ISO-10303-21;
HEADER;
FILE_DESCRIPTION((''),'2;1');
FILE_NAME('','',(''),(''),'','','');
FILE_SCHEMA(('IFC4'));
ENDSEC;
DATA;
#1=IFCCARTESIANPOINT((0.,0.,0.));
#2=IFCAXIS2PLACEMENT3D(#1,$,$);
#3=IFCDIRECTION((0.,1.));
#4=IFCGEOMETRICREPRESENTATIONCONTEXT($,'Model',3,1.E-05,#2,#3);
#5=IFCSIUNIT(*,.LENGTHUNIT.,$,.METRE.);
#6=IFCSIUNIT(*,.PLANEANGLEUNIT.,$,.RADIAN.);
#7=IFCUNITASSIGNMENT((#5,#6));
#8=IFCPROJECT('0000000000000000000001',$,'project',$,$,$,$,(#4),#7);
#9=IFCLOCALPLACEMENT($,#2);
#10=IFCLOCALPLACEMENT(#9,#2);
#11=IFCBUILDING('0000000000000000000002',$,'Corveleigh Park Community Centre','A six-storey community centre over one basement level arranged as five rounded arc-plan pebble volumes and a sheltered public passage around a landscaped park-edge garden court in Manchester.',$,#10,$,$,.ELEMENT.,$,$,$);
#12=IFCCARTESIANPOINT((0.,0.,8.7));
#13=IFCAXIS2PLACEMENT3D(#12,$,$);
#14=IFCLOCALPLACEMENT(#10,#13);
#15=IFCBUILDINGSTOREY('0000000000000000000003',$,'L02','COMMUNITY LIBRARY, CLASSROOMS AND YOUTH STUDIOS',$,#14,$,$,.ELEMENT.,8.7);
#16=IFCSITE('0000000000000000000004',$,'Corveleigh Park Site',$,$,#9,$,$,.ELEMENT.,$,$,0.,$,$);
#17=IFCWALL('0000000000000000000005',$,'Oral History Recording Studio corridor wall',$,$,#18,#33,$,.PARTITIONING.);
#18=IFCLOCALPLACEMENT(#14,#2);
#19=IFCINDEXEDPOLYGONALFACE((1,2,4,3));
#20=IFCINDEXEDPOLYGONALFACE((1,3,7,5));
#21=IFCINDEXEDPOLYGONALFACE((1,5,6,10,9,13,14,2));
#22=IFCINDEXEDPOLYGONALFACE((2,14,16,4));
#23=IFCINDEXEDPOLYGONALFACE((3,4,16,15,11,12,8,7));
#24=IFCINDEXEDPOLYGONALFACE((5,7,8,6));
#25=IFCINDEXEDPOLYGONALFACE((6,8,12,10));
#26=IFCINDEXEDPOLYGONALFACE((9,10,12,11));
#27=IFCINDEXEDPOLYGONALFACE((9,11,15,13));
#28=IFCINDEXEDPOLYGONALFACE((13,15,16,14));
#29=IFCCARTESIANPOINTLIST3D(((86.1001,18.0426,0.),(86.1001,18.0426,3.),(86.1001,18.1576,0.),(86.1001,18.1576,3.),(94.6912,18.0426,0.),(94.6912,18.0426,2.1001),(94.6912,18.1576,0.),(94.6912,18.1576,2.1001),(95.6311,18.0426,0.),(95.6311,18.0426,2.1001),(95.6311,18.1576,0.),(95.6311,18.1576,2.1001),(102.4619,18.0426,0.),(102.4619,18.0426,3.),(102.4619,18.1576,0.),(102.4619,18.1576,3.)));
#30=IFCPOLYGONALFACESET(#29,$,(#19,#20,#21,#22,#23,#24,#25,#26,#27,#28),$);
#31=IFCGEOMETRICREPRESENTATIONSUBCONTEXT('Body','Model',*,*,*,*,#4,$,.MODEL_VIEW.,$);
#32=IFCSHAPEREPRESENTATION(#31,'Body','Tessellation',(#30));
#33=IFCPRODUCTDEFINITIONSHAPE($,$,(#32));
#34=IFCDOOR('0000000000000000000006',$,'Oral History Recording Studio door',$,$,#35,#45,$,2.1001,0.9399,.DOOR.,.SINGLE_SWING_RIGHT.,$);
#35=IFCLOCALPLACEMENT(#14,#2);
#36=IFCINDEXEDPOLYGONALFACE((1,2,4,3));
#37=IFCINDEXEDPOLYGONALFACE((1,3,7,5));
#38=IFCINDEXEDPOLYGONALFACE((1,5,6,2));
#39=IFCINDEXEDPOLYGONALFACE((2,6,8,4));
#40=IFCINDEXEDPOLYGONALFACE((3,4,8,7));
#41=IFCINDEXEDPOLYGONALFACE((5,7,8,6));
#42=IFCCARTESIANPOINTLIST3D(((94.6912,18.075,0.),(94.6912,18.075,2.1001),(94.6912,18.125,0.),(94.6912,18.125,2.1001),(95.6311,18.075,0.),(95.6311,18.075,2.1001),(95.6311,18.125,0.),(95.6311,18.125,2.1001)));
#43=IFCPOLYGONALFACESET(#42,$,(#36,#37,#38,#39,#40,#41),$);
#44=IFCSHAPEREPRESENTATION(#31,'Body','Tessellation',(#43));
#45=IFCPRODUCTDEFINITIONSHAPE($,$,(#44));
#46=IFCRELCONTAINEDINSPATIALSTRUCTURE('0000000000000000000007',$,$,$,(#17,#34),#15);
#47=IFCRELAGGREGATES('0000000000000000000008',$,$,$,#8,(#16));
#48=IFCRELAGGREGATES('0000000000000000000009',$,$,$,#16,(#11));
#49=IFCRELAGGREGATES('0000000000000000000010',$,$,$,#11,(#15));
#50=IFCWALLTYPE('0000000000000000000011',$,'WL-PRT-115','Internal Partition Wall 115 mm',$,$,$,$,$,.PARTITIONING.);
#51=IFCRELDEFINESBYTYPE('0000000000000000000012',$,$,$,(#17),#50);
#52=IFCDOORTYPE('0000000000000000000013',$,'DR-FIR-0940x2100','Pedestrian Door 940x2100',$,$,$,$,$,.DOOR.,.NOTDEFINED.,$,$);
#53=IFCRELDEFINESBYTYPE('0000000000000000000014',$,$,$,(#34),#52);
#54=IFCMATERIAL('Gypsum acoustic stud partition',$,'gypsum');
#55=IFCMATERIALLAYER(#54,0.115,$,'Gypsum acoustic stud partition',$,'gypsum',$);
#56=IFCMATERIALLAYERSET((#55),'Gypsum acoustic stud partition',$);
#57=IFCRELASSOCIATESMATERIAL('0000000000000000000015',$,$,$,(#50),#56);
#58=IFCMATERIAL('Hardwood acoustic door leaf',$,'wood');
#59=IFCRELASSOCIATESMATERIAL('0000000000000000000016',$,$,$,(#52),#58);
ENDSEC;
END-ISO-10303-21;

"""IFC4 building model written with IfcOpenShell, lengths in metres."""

from ifc_helpers import new_model, si_unit, direction, frame, frame_2d, origin, place, context, subcontext, project, spatial, rectangle, extrude, material, layer, layer_set, type_object, element, fill, save


model = new_model("IFC4")

# Units and contexts
model_context = context("Model", 3, precision=1e-05, world=origin(), true_north=direction((0.0, 1.0)))
body_context = subcontext(model_context, "Body", "Model", "MODEL_VIEW")
ifc_project = project(units=[si_unit("LENGTHUNIT", "METRE"), si_unit("PLANEANGLEUNIT", "RADIAN")], contexts=[model_context])

# Site, building, storey
site_placement = place(None, origin())
site = spatial("IfcSite", under=ifc_project, at=site_placement, Name="Corveleigh Park Site", CompositionType="ELEMENT", RefElevation=0.0)
building_placement = place(site_placement, origin())
building = spatial("IfcBuilding", under=site, at=building_placement, Name="Corveleigh Park Community Centre", Description="A six-storey community centre over one basement level arranged as five rounded arc-plan pebble volumes and a sheltered public passage around a landscaped park-edge garden court in Manchester.", CompositionType="ELEMENT")
storey_placement = place(building_placement, frame((0.0, 0.0, 8.7)))
storey = spatial("IfcBuildingStorey", under=building, at=storey_placement, Name="L02", Description="COMMUNITY LIBRARY, CLASSROOMS AND YOUTH STUDIOS", CompositionType="ELEMENT", Elevation=8.7)

# Wall, opening, door
ifc_material_1 = material(Name="Gypsum acoustic stud partition", Category="gypsum")
ifc_layer_1 = layer(ifc_material_1, 0.115, Name="Gypsum acoustic stud partition", Category="gypsum")
ifc_layer_set_1 = layer_set([ifc_layer_1], Name="Gypsum acoustic stud partition")
wall_type_1 = type_object("IfcWallType", Name="WL-PRT-115", Description="Internal Partition Wall 115 mm", PredefinedType="PARTITIONING", material=ifc_layer_set_1)
wall_1_placement = place(storey_placement, frame((86.1001, 18.1001, 0.0), z_axis=(0.0, 0.0, 1.0), x_axis=(1.0, 0.0, 0.0)))
wall_1 = element("IfcWall", 1, at=wall_1_placement, inside=storey, type_object=wall_type_1, Name="Oral History Recording Studio corridor wall", PredefinedType="PARTITIONING", context=body_context, shape_type="SweptSolid", body=[
    extrude(rectangle(XDim=16.3618, YDim=0.115, at=frame_2d((8.1809, 0.0))), origin(), (0.0, 0.0, 1.0), 3.0),
])
opening_placement = place(wall_1_placement, frame((8.5911, 0.0, 0.0)))
opening = element("IfcOpeningElement", 2, at=opening_placement, cuts=wall_1, PredefinedType="OPENING", context=body_context, shape_type="SweptSolid", body=[
    extrude(rectangle(XDim=0.9399, YDim=2.1001, at=frame_2d((0.47, 1.05))), frame((0.0, 0.0674, 0.0), z_axis=(0.0, -1.0, 0.0), x_axis=(1.0, 0.0, 0.0)), (0.0, 0.0, 1.0), 0.135),
])
ifc_material_2 = material(Name="Hardwood acoustic door leaf", Category="wood")
door_type = type_object("IfcDoorType", Name="DR-FIR-0940x2100", Description="Pedestrian Door 940x2100", OperationType="NOTDEFINED", PredefinedType="DOOR", material=ifc_material_2)
door_placement = place(opening_placement, origin())
door = element("IfcDoor", 3, at=door_placement, inside=storey, type_object=door_type, Name="Oral History Recording Studio door", OperationType="SINGLE_SWING_RIGHT", OverallHeight=2.1001, OverallWidth=0.9399, PredefinedType="DOOR", context=body_context, shape_type="SweptSolid", body=[
    extrude(rectangle(XDim=0.9399, YDim=2.1001, at=frame_2d((0.47, 1.05))), frame((0.0, 0.0249, 0.0), z_axis=(0.0, -1.0, 0.0), x_axis=(1.0, 0.0, 0.0)), (0.0, 0.0, 1.0), 0.05),
])
fill(opening, door)

save(model, "model.ifc")
